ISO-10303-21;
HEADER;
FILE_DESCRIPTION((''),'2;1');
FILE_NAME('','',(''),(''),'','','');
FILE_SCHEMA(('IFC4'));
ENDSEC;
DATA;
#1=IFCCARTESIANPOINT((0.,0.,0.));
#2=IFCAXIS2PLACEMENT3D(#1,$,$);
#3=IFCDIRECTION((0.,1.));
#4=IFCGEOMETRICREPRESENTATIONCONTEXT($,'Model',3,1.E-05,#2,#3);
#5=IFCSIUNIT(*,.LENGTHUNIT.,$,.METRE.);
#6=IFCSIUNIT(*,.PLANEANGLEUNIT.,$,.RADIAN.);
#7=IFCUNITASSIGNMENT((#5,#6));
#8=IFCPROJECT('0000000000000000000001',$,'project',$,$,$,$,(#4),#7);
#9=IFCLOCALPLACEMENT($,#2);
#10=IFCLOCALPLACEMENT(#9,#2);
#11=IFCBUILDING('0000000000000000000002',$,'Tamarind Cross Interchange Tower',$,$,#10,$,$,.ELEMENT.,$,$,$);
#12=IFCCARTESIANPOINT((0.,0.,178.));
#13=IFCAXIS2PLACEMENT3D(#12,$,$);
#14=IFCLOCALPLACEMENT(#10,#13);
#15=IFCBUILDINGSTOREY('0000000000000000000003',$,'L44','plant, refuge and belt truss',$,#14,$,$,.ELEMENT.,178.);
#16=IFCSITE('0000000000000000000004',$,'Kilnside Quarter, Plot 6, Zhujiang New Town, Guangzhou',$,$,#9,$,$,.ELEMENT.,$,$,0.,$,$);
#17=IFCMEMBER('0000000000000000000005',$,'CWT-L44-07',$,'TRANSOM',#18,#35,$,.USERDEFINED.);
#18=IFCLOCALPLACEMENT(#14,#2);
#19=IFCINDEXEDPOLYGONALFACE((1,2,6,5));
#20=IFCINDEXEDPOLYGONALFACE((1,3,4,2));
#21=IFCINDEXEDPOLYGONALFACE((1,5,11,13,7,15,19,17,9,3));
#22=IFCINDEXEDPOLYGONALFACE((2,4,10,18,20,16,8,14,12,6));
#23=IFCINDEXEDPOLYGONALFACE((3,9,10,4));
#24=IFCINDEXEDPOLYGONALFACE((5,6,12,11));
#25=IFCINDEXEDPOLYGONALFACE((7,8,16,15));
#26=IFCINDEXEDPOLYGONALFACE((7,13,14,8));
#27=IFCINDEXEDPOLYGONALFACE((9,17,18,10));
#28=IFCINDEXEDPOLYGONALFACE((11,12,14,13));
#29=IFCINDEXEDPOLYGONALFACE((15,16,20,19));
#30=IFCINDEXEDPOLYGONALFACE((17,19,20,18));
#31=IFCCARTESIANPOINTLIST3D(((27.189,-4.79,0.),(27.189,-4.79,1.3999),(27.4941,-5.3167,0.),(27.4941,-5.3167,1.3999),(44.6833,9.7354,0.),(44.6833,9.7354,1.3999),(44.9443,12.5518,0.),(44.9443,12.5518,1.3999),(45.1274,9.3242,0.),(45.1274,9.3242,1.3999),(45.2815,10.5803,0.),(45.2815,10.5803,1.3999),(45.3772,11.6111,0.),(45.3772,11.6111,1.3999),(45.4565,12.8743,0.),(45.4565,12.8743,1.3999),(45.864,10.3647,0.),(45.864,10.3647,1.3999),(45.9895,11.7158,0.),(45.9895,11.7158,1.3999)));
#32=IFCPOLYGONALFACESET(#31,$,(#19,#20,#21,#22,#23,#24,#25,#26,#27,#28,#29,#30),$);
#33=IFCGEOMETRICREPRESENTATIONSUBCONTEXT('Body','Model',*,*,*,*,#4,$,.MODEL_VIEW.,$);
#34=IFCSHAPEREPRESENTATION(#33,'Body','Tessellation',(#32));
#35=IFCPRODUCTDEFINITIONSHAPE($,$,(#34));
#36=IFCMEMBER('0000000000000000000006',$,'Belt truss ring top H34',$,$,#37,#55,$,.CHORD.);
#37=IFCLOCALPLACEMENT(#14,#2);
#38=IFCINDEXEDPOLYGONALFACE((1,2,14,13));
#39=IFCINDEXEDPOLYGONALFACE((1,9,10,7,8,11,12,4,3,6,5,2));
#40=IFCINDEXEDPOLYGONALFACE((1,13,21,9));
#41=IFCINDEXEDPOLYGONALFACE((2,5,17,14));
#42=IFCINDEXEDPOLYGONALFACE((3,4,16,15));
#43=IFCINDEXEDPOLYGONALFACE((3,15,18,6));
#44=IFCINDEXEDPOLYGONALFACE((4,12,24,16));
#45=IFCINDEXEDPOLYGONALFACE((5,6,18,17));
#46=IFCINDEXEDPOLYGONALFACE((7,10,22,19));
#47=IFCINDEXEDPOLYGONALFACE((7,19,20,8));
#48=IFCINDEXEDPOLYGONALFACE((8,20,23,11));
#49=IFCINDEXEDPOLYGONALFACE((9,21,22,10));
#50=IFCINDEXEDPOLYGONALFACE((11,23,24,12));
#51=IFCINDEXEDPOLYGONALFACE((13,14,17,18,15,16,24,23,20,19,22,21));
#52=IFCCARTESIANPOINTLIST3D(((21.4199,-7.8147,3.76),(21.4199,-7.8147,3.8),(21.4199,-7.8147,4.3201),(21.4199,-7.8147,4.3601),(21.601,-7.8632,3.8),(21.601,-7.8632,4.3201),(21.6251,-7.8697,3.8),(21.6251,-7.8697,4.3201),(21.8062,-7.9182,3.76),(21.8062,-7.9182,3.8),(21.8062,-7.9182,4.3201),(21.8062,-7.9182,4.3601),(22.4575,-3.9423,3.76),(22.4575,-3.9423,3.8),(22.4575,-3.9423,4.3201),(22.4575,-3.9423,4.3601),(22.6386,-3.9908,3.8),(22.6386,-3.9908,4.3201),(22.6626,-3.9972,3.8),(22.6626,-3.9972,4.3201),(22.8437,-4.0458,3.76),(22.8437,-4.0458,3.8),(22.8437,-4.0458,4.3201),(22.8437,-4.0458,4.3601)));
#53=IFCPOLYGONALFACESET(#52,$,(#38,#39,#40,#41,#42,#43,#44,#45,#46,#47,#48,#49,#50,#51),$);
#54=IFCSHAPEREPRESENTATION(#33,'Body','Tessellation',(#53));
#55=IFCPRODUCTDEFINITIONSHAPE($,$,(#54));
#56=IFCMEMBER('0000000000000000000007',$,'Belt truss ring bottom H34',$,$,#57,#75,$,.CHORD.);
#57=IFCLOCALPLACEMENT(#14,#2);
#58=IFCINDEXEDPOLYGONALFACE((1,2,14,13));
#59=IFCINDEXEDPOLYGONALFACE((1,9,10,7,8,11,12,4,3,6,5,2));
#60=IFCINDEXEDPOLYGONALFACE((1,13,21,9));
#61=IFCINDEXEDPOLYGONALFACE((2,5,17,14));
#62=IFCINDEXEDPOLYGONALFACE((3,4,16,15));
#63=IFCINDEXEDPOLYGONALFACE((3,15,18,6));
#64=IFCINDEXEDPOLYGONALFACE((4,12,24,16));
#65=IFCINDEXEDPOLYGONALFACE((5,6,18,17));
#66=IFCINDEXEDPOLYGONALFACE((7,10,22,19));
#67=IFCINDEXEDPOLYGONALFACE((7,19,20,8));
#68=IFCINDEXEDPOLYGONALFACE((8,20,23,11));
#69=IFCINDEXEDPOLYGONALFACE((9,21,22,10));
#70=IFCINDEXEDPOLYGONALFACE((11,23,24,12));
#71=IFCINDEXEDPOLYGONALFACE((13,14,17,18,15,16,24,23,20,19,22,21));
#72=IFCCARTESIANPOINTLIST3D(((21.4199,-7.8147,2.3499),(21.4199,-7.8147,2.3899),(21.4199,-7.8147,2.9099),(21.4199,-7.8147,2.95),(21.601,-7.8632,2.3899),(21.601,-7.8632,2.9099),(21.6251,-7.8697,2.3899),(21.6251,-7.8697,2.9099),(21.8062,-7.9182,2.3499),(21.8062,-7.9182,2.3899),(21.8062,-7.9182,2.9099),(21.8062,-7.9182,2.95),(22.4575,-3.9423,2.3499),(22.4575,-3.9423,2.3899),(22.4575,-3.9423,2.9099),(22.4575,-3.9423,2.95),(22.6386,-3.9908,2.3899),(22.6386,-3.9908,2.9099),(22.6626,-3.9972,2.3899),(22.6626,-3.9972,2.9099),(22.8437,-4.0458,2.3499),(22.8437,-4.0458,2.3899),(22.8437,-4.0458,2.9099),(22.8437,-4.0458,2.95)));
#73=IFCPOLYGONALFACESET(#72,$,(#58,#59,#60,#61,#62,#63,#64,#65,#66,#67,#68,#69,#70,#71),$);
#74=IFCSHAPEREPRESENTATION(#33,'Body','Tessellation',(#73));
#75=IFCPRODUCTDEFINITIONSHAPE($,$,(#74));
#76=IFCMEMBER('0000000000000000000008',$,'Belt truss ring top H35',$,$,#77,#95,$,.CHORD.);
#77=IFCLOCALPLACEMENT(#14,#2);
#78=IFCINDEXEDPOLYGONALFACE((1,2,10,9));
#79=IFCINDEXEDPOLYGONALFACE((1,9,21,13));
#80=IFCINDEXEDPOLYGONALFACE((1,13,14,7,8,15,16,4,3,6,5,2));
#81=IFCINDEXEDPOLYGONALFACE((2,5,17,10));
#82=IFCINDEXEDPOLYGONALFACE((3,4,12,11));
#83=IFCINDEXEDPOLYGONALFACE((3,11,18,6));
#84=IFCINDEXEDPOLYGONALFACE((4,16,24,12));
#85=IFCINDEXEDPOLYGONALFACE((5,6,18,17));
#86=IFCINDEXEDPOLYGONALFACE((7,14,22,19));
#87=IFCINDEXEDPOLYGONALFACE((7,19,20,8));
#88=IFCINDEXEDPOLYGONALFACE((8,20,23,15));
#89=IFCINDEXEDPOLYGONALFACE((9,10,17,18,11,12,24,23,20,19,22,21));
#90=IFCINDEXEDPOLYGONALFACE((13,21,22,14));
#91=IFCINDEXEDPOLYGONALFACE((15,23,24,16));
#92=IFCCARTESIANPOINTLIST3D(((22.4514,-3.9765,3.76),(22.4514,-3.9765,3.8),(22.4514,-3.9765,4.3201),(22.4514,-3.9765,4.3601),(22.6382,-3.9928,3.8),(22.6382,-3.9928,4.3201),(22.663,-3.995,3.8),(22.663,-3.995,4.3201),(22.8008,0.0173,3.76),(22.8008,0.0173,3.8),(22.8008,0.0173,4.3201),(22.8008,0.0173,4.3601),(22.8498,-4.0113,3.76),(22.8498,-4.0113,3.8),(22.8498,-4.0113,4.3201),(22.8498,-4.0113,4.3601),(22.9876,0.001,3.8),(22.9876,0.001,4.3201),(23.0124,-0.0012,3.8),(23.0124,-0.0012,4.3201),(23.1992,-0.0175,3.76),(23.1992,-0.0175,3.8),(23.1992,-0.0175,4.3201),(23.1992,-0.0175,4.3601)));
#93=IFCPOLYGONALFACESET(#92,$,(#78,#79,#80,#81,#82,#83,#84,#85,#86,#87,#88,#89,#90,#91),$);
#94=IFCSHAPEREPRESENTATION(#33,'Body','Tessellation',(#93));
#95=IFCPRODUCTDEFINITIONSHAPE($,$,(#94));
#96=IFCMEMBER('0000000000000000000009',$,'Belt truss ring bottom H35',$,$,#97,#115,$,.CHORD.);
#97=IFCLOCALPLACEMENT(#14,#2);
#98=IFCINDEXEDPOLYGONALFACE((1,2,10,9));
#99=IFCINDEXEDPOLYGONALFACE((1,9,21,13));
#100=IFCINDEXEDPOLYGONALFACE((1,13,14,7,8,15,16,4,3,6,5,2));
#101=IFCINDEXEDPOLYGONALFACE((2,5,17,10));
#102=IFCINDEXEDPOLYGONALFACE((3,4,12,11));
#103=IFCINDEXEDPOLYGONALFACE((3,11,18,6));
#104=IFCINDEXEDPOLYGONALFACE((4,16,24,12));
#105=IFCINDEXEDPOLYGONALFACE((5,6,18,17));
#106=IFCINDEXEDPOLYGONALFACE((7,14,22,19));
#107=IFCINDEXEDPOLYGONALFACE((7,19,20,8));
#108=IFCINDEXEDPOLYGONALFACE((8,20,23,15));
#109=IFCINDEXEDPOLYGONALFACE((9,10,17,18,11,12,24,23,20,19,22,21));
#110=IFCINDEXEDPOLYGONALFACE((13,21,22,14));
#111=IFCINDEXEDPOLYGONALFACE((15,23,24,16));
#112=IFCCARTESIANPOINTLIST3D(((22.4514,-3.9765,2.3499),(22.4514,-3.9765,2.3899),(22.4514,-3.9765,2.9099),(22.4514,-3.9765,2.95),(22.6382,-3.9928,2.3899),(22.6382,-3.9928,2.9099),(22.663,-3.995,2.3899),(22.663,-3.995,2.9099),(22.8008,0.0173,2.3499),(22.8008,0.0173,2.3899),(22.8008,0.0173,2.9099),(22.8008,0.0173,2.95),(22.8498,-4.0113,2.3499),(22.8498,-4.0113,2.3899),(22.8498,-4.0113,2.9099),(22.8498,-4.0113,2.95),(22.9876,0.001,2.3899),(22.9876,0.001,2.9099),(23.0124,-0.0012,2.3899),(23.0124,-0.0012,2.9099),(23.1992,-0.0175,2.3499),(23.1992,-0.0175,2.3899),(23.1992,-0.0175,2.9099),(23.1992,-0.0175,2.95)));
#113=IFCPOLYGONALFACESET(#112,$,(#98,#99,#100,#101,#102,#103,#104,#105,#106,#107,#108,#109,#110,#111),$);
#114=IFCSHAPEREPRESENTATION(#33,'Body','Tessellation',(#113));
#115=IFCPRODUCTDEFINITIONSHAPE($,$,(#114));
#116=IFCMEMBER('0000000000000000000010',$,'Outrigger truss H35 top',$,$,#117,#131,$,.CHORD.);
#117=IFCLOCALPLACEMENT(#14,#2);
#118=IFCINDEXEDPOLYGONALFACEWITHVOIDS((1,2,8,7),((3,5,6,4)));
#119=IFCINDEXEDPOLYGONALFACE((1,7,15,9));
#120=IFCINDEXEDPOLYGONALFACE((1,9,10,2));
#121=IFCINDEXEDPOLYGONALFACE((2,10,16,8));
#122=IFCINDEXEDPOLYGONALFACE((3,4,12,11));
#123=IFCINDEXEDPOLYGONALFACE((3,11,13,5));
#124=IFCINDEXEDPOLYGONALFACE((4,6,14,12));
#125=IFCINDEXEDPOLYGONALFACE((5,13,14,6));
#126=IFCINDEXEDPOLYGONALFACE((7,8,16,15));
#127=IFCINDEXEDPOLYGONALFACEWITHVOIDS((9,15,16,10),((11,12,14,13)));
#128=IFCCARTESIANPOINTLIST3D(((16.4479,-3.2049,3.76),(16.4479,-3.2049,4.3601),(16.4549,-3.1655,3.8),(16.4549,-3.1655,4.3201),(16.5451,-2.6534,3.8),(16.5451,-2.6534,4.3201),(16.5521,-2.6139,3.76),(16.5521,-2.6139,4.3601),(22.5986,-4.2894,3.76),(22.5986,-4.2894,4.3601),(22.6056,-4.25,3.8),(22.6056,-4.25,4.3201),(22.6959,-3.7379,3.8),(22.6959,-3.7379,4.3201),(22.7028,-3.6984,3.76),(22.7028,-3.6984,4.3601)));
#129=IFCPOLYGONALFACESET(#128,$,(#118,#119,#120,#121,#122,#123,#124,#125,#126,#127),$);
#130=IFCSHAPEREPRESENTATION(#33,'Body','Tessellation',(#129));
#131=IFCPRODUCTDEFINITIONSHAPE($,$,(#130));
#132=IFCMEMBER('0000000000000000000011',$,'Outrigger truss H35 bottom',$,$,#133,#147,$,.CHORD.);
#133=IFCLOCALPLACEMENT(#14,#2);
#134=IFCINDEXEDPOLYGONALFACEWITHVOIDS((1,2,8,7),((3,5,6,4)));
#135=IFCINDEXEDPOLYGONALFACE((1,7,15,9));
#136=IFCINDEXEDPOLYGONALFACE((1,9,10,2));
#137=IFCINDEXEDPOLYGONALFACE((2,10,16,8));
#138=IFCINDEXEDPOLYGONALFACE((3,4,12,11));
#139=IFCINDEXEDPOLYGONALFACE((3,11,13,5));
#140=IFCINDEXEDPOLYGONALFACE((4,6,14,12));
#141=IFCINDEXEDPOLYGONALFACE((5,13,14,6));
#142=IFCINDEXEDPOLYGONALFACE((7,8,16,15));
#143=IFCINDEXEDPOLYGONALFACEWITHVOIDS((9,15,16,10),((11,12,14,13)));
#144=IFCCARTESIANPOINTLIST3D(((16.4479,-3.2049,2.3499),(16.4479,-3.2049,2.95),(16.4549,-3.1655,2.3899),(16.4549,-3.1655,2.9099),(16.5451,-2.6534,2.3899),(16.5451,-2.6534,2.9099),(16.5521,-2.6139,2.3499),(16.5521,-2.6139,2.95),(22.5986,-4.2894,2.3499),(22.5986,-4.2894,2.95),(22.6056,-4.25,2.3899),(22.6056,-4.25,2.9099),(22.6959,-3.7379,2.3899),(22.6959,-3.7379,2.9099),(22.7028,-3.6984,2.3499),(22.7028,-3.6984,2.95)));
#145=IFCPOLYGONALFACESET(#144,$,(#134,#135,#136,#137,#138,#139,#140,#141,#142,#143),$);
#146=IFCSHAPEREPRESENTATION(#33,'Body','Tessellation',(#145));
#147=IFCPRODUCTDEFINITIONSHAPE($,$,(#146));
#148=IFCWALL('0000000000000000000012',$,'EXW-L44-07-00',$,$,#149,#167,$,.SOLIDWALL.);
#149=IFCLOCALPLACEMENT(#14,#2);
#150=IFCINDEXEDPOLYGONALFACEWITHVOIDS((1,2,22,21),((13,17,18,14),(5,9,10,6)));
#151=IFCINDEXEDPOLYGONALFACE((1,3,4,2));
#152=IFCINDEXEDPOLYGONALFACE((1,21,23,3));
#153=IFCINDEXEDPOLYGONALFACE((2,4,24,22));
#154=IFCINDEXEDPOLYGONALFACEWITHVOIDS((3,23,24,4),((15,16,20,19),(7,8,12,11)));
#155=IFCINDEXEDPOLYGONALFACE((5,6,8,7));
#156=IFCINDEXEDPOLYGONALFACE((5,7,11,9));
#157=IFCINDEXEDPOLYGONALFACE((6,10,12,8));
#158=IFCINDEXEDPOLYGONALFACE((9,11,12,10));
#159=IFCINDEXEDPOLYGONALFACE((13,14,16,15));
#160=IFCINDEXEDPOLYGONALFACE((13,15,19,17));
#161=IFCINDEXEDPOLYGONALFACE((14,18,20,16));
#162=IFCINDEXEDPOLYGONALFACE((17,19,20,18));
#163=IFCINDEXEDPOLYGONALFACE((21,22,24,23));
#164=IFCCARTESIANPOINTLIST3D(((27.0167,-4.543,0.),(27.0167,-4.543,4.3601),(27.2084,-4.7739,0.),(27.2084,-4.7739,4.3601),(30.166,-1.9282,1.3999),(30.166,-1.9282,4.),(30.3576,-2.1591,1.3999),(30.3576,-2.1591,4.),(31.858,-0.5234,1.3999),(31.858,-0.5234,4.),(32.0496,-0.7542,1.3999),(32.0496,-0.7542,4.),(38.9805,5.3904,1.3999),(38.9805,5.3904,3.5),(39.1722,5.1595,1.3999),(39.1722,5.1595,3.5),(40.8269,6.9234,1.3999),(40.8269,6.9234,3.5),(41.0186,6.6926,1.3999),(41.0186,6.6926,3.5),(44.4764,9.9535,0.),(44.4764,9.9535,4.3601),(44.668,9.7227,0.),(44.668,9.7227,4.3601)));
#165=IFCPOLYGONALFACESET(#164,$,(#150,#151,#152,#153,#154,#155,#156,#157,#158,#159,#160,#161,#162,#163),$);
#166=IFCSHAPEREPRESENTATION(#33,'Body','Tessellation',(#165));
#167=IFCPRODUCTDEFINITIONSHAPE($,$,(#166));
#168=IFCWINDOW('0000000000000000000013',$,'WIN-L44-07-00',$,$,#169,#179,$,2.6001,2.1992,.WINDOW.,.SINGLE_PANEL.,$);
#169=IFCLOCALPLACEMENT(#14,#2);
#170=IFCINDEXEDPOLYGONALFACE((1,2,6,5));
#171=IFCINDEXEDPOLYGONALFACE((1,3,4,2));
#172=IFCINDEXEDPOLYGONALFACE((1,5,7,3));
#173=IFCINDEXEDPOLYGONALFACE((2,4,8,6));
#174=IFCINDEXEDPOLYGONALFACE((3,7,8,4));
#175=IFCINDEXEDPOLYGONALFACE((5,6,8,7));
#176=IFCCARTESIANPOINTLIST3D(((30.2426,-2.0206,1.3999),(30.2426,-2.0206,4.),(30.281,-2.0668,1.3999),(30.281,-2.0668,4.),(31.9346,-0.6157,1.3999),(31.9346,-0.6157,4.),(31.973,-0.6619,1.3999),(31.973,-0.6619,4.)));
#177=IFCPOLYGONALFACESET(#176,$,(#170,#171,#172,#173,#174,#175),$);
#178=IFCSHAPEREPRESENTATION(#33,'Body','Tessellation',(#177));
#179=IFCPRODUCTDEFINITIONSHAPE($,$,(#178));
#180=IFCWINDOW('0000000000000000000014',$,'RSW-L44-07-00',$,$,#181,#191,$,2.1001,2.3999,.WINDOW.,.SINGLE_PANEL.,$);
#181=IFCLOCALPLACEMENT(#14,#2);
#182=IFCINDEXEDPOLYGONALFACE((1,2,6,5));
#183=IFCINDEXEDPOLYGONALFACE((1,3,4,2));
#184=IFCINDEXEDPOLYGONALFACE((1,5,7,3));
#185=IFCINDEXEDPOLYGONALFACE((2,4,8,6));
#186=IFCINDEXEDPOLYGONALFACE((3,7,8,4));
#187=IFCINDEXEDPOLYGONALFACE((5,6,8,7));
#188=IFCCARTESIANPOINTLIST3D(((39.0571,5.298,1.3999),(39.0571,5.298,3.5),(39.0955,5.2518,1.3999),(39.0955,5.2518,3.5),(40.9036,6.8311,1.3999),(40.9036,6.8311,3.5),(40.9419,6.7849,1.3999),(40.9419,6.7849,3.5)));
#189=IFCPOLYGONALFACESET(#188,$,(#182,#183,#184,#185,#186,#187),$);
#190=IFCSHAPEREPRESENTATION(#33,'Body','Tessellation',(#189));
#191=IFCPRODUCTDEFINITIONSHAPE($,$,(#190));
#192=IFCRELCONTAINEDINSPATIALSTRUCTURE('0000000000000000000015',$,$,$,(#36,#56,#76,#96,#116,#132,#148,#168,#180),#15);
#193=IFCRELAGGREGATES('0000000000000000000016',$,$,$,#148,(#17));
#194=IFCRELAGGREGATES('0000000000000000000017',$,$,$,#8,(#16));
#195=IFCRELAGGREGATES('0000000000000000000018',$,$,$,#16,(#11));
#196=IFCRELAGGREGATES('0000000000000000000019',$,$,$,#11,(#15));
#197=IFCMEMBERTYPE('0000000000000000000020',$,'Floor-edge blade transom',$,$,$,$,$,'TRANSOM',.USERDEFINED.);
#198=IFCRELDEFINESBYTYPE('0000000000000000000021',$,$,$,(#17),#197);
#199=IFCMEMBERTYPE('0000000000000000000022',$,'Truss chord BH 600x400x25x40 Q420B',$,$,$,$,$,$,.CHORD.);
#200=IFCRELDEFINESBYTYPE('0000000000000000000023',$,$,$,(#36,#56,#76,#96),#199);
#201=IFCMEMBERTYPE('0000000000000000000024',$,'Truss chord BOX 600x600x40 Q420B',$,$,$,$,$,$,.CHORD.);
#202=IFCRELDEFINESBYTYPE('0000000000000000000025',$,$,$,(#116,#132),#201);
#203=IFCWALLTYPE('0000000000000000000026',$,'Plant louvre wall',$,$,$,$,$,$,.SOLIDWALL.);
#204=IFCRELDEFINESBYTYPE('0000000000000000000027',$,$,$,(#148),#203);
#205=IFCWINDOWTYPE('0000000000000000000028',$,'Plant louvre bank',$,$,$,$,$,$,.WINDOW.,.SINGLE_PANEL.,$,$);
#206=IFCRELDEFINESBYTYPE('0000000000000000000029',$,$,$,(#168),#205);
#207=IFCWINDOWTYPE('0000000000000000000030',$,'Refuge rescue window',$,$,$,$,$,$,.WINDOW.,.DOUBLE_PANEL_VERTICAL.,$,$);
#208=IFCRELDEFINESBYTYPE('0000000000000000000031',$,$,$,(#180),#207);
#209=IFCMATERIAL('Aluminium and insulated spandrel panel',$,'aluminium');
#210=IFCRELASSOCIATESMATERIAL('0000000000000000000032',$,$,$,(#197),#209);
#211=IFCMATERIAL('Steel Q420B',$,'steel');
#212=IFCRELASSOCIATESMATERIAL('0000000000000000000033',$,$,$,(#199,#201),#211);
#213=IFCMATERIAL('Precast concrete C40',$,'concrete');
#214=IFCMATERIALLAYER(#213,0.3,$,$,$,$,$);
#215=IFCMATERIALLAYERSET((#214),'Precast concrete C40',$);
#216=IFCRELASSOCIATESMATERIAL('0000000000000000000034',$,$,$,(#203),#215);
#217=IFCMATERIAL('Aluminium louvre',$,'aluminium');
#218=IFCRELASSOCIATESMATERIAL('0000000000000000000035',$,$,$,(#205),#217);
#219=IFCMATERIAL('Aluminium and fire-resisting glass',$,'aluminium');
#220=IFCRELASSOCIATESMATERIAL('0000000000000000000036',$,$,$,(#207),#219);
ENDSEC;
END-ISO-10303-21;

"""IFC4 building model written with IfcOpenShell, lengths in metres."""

from ifc_helpers import new_model, si_unit, direction, frame, frame_2d, origin, origin_2d, place, context, subcontext, project, spatial, polyline, rectangle, hollow_rectangle, i_section, outline, extrude, material, layer, layer_set, material_profile, profile_set, type_object, element, fill, aggregate, save


model = new_model("IFC4")

# Units and contexts
model_context = context("Model", 3, precision=1e-05, world=origin(), true_north=direction((0.0, 1.0)))
body_context = subcontext(model_context, "Body", "Model", "MODEL_VIEW")
ifc_project = project(units=[si_unit("LENGTHUNIT", "METRE"), si_unit("PLANEANGLEUNIT", "RADIAN")], contexts=[model_context])

# Site, building, storey
site_placement = place(None, origin())
site = spatial("IfcSite", under=ifc_project, at=site_placement, Name="Kilnside Quarter, Plot 6, Zhujiang New Town, Guangzhou", CompositionType="ELEMENT", RefElevation=0.0)
building_placement = place(site_placement, origin())
building = spatial("IfcBuilding", under=site, at=building_placement, Name="Tamarind Cross Interchange Tower", CompositionType="ELEMENT")
storey_placement = place(building_placement, frame((0.0, 0.0, 178.0)))
storey = spatial("IfcBuildingStorey", under=building, at=storey_placement, Name="L44", Description="plant, refuge and belt truss", CompositionType="ELEMENT", Elevation=178.0)

# Member
ifc_material_1 = material(Name="Aluminium and insulated spandrel panel", Category="aluminium")
member_type_1 = type_object("IfcMemberType", Name="Floor-edge blade transom", ElementType="TRANSOM", PredefinedType="USERDEFINED", material=ifc_material_1)
member_1_placement = place(storey_placement, origin())
member_1 = element("IfcMember", 1, at=member_1_placement, type_object=member_type_1, Name="CWT-L44-07", ObjectType="TRANSOM", PredefinedType="USERDEFINED", context=body_context, shape_type="SweptSolid", body=[
    extrude(outline(polyline([(27.189, -4.79), (44.6833, 9.7354), (45.2815, 10.5803), (45.3772, 11.6111), (44.9443, 12.5518), (45.4565, 12.8743), (45.9895, 11.7158), (45.864, 10.3647), (45.1274, 9.3242), (27.4941, -5.3167), (27.189, -4.79)])), origin(), (0.0, 0.0, 1.0), 1.3999),
])

# Members
ifc_material_2 = material(Name="Steel Q420B", Category="steel")
ifc_material_profile_1 = material_profile(ifc_material_2, i_section(OverallWidth=0.3999, OverallDepth=0.6001, WebThickness=0.0249, FlangeThickness=0.04, at=origin_2d()), Name="BH 600x400x25x40")
ifc_profile_set_1 = profile_set([ifc_material_profile_1], Name="Steel Q420B")
member_type_2 = type_object("IfcMemberType", Name="Truss chord BH 600x400x25x40 Q420B", PredefinedType="CHORD", material=ifc_profile_set_1)
for number, where, z_axis, x_axis, name in (
    (2, (21.613, -7.8665, 4.0601), (0.258807, 0.965929, 0.0), (-0.965929, 0.258807, 0.0), "Belt truss ring top H34"),
    (3, (21.613, -7.8665, 2.6499), (0.258807, 0.965929, 0.0), (-0.965929, 0.258807, 0.0), "Belt truss ring bottom H34"),
    (4, (22.6506, -3.9939, 4.0601), (0.087142, 0.996196, 0.0), (-0.996196, 0.087142, 0.0), "Belt truss ring top H35"),
    (5, (22.6506, -3.9939, 2.6499), (0.087142, 0.996196, 0.0), (-0.996196, 0.087142, 0.0), "Belt truss ring bottom H35"),
):
    element("IfcMember", number, at=place(storey_placement, frame(where, z_axis=z_axis, x_axis=x_axis)), inside=storey, type_object=member_type_2, Name=name, PredefinedType="CHORD", context=body_context, shape_type="SweptSolid", body=[
        extrude(i_section(OverallWidth=0.3999, OverallDepth=0.6001, WebThickness=0.0249, FlangeThickness=0.04, at=origin_2d()), origin(), (0.0, 0.0, 1.0), 4.009),
    ])
ifc_material_profile_2 = material_profile(ifc_material_2, hollow_rectangle(XDim=0.6001, YDim=0.6001, WallThickness=0.04, at=origin_2d()), Name="BOX 600x600x40")
ifc_profile_set_2 = profile_set([ifc_material_profile_2], Name="Steel Q420B")
member_type_3 = type_object("IfcMemberType", Name="Truss chord BOX 600x600x40 Q420B", PredefinedType="CHORD", material=ifc_profile_set_2)
for number, where, z_axis, x_axis, name in (
    (6, (16.5, -2.9094, 4.0601), (0.984809, -0.17364, 0.0), (0.17364, 0.984809, 0.0), "Outrigger truss H35 top"),
    (7, (16.5, -2.9094, 2.6499), (0.984809, -0.17364, 0.0), (0.17364, 0.984809, 0.0), "Outrigger truss H35 bottom"),
):
    element("IfcMember", number, at=place(storey_placement, frame(where, z_axis=z_axis, x_axis=x_axis)), inside=storey, type_object=member_type_3, Name=name, PredefinedType="CHORD", context=body_context, shape_type="SweptSolid", body=[
        extrude(hollow_rectangle(XDim=0.6001, YDim=0.6001, WallThickness=0.04, at=origin_2d()), origin(), (0.0, 0.0, 1.0), 6.2456),
    ])

# Shared definitions
ifc_material_3 = material(Name="Precast concrete C40", Category="concrete")
ifc_layer_1 = layer(ifc_material_3, 0.3)
ifc_layer_set_1 = layer_set([ifc_layer_1], Name="Precast concrete C40")
wall_type_1 = type_object("IfcWallType", Name="Plant louvre wall", PredefinedType="SOLIDWALL", material=ifc_layer_set_1)

# Shared definitions
ifc_material_4 = material(Name="Aluminium and fire-resisting glass", Category="aluminium")

# Wall, openings, windows
wall_1_placement = place(storey_placement, frame((27.1125, -4.6584, 0.0), z_axis=(0.0, 0.0, 1.0), x_axis=(0.769373, 0.6388, 0.0)))
wall_1 = element("IfcWall", 8, at=wall_1_placement, inside=storey, type_object=wall_type_1, Name="EXW-L44-07-00", PredefinedType="SOLIDWALL", context=body_context, shape_type="SweptSolid", body=[
    extrude(rectangle(XDim=22.6934, YDim=0.3, at=frame_2d((11.3467, 0.0))), origin(), (0.0, 0.0, 1.0), 4.3601),
])
opening_1_placement = place(wall_1_placement, frame((4.0933, 0.0, 1.3999)))
opening_1 = element("IfcOpeningElement", 9, at=opening_1_placement, cuts=wall_1, PredefinedType="OPENING", context=body_context, shape_type="SweptSolid", body=[
    extrude(rectangle(XDim=2.1992, YDim=2.6001, at=frame_2d((1.0996, 1.3))), frame((0.0, 0.1599, 0.0), z_axis=(0.0, -1.0, 0.0), x_axis=(1.0, 0.0, 0.0)), (0.0, 0.0, 1.0), 0.3201),
])
opening_2_placement = place(wall_1_placement, frame((15.55, 0.0, 1.3999)))
opening_2 = element("IfcOpeningElement", 10, at=opening_2_placement, cuts=wall_1, PredefinedType="OPENING", context=body_context, shape_type="SweptSolid", body=[
    extrude(rectangle(XDim=2.3999, YDim=2.1001, at=frame_2d((1.2, 1.05))), frame((0.0, 0.1599, 0.0), z_axis=(0.0, -1.0, 0.0), x_axis=(1.0, 0.0, 0.0)), (0.0, 0.0, 1.0), 0.3201),
])
ifc_material_5 = material(Name="Aluminium louvre", Category="aluminium")
window_type_1 = type_object("IfcWindowType", Name="Plant louvre bank", PartitioningType="SINGLE_PANEL", PredefinedType="WINDOW", material=ifc_material_5)
window_1_placement = place(opening_1_placement, origin())
window_1 = element("IfcWindow", 11, at=window_1_placement, inside=storey, type_object=window_type_1, Name="WIN-L44-07-00", OverallHeight=2.6001, OverallWidth=2.1992, PartitioningType="SINGLE_PANEL", PredefinedType="WINDOW", context=body_context, shape_type="SweptSolid", body=[
    extrude(rectangle(XDim=2.1992, YDim=2.6001, at=frame_2d((1.0996, 1.3))), frame((0.0, 0.03, 0.0), z_axis=(0.0, -1.0, 0.0), x_axis=(1.0, 0.0, 0.0)), (0.0, 0.0, 1.0), 0.0601),
])
fill(opening_1, window_1)
window_type_2 = type_object("IfcWindowType", Name="Refuge rescue window", PartitioningType="DOUBLE_PANEL_VERTICAL", PredefinedType="WINDOW", material=ifc_material_4)
window_2_placement = place(opening_2_placement, origin())
window_2 = element("IfcWindow", 12, at=window_2_placement, inside=storey, type_object=window_type_2, Name="RSW-L44-07-00", OverallHeight=2.1001, OverallWidth=2.3999, PartitioningType="SINGLE_PANEL", PredefinedType="WINDOW", context=body_context, shape_type="SweptSolid", body=[
    extrude(rectangle(XDim=2.3999, YDim=2.1001, at=frame_2d((1.2, 1.05))), frame((0.0, 0.03, 0.0), z_axis=(0.0, -1.0, 0.0), x_axis=(1.0, 0.0, 0.0)), (0.0, 0.0, 1.0), 0.0601),
])
fill(opening_2, window_2)
aggregate(wall_1, [member_1])

save(model, "model.ifc")
